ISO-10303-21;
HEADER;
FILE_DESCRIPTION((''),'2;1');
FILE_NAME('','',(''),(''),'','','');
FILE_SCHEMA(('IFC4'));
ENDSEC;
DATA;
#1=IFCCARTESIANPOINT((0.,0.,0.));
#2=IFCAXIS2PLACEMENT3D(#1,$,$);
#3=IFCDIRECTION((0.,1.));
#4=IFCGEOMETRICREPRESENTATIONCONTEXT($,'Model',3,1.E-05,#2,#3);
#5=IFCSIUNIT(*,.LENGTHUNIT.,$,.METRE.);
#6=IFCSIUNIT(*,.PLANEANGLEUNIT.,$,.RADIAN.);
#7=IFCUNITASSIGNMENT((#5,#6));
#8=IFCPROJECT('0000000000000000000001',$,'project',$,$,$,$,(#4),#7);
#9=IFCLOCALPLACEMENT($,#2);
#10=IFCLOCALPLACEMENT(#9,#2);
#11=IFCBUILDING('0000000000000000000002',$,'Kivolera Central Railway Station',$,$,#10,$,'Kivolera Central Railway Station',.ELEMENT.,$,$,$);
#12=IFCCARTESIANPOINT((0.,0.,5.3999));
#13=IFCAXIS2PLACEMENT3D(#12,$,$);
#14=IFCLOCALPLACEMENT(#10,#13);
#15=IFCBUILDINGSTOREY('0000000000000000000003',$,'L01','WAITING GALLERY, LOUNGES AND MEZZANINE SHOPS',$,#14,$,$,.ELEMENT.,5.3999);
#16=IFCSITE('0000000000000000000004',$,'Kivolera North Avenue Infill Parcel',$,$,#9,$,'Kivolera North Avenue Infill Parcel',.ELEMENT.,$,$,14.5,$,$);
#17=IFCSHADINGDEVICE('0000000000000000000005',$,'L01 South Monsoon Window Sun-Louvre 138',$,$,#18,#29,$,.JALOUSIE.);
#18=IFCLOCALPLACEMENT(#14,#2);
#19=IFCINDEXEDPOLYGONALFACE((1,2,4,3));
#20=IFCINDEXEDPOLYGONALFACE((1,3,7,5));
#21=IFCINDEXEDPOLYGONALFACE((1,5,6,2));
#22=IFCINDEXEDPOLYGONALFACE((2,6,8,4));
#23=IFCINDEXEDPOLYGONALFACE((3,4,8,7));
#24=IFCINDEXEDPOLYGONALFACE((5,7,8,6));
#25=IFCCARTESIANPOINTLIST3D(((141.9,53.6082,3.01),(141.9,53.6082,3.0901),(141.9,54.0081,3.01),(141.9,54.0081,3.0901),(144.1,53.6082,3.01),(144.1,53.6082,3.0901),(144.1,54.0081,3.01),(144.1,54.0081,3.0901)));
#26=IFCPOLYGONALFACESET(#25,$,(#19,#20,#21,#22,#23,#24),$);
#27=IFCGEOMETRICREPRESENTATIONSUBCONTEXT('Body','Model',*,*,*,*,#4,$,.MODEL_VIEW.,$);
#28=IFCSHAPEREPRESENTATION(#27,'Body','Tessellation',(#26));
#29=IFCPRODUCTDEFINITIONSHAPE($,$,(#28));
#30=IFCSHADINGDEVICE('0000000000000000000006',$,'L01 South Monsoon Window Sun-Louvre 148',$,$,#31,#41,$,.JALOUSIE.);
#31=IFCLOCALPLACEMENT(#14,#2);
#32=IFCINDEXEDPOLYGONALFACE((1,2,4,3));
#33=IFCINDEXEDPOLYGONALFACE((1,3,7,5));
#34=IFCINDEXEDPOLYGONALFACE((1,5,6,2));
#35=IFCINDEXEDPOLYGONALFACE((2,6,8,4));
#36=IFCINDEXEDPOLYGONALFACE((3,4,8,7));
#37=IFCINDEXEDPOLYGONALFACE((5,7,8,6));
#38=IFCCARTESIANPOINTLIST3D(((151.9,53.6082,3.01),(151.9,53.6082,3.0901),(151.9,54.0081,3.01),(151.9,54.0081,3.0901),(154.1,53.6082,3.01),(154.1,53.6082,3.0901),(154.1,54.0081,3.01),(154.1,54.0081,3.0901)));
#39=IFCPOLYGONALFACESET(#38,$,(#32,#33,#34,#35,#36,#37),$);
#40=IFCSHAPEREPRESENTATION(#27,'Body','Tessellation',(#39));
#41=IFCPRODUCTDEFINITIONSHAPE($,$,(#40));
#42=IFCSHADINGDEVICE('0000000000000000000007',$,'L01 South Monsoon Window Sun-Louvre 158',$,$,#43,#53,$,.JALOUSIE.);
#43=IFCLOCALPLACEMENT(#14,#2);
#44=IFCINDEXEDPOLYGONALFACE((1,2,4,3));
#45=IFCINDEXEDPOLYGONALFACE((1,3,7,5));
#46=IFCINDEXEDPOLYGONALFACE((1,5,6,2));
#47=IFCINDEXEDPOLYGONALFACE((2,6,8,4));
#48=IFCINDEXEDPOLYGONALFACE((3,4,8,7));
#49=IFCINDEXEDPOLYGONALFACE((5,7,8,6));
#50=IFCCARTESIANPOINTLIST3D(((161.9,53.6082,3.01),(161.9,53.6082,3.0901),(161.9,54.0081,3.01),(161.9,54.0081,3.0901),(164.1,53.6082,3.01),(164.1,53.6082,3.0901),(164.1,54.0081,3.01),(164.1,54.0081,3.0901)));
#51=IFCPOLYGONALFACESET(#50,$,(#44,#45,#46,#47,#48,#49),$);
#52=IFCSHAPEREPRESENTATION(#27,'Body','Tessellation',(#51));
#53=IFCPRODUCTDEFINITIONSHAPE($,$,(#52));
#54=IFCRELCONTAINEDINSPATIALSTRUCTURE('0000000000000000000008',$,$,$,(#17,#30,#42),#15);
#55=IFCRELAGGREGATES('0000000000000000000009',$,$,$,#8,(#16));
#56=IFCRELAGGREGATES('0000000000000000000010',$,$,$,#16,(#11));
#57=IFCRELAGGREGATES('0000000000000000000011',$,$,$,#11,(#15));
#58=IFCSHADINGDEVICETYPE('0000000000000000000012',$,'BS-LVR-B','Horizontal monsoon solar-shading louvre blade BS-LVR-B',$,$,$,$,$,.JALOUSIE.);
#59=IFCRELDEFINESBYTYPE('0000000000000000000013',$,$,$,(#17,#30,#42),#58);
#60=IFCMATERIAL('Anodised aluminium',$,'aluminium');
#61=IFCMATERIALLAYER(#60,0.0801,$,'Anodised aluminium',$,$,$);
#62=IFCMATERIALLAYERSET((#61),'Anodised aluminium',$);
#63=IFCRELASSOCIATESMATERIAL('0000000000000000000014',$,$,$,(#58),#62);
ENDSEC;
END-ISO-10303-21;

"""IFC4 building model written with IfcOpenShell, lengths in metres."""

from ifc_helpers import new_model, si_unit, direction, frame, origin, origin_2d, place, context, subcontext, project, spatial, rectangle, extrude, material, layer, layer_set, type_object, element, save


model = new_model("IFC4")

# Units and contexts
model_context = context("Model", 3, precision=1e-05, world=origin(), true_north=direction((0.0, 1.0)))
body_context = subcontext(model_context, "Body", "Model", "MODEL_VIEW")
ifc_project = project(units=[si_unit("LENGTHUNIT", "METRE"), si_unit("PLANEANGLEUNIT", "RADIAN")], contexts=[model_context])

# Site, building, storey
site_placement = place(None, origin())
site = spatial("IfcSite", under=ifc_project, at=site_placement, Name="Kivolera North Avenue Infill Parcel", LongName="Kivolera North Avenue Infill Parcel", CompositionType="ELEMENT", RefElevation=14.5)
building_placement = place(site_placement, origin())
building = spatial("IfcBuilding", under=site, at=building_placement, Name="Kivolera Central Railway Station", LongName="Kivolera Central Railway Station", CompositionType="ELEMENT")
storey_placement = place(building_placement, frame((0.0, 0.0, 5.3999)))
storey = spatial("IfcBuildingStorey", under=building, at=storey_placement, Name="L01", Description="WAITING GALLERY, LOUNGES AND MEZZANINE SHOPS", CompositionType="ELEMENT", Elevation=5.3999)

# Shading devices
ifc_material_1 = material(Name="Anodised aluminium", Category="aluminium")
ifc_layer_1 = layer(ifc_material_1, 0.0801, Name="Anodised aluminium")
ifc_layer_set_1 = layer_set([ifc_layer_1], Name="Anodised aluminium")
shading_device_type = type_object("IfcShadingDeviceType", Name="BS-LVR-B", Description="Horizontal monsoon solar-shading louvre blade BS-LVR-B", PredefinedType="JALOUSIE", material=ifc_layer_set_1)
for number, where, z_axis, x_axis, name in (
    (1, (143.0, 53.8081, 3.01), (0.0, 0.0, 1.0), (1.0, 0.0, 0.0), "L01 South Monsoon Window Sun-Louvre 138"),
    (2, (153.0, 53.8081, 3.01), (0.0, 0.0, 1.0), (1.0, 0.0, 0.0), "L01 South Monsoon Window Sun-Louvre 148"),
    (3, (163.0, 53.8081, 3.01), (0.0, 0.0, 1.0), (1.0, 0.0, 0.0), "L01 South Monsoon Window Sun-Louvre 158"),
):
    element("IfcShadingDevice", number, at=place(storey_placement, frame(where, z_axis=z_axis, x_axis=x_axis)), inside=storey, type_object=shading_device_type, Name=name, PredefinedType="JALOUSIE", context=body_context, shape_type="SweptSolid", body=[
        extrude(rectangle(XDim=2.2, YDim=0.3999, at=origin_2d()), origin(), (0.0, 0.0, 1.0), 0.0801),
    ])

save(model, "model.ifc")
